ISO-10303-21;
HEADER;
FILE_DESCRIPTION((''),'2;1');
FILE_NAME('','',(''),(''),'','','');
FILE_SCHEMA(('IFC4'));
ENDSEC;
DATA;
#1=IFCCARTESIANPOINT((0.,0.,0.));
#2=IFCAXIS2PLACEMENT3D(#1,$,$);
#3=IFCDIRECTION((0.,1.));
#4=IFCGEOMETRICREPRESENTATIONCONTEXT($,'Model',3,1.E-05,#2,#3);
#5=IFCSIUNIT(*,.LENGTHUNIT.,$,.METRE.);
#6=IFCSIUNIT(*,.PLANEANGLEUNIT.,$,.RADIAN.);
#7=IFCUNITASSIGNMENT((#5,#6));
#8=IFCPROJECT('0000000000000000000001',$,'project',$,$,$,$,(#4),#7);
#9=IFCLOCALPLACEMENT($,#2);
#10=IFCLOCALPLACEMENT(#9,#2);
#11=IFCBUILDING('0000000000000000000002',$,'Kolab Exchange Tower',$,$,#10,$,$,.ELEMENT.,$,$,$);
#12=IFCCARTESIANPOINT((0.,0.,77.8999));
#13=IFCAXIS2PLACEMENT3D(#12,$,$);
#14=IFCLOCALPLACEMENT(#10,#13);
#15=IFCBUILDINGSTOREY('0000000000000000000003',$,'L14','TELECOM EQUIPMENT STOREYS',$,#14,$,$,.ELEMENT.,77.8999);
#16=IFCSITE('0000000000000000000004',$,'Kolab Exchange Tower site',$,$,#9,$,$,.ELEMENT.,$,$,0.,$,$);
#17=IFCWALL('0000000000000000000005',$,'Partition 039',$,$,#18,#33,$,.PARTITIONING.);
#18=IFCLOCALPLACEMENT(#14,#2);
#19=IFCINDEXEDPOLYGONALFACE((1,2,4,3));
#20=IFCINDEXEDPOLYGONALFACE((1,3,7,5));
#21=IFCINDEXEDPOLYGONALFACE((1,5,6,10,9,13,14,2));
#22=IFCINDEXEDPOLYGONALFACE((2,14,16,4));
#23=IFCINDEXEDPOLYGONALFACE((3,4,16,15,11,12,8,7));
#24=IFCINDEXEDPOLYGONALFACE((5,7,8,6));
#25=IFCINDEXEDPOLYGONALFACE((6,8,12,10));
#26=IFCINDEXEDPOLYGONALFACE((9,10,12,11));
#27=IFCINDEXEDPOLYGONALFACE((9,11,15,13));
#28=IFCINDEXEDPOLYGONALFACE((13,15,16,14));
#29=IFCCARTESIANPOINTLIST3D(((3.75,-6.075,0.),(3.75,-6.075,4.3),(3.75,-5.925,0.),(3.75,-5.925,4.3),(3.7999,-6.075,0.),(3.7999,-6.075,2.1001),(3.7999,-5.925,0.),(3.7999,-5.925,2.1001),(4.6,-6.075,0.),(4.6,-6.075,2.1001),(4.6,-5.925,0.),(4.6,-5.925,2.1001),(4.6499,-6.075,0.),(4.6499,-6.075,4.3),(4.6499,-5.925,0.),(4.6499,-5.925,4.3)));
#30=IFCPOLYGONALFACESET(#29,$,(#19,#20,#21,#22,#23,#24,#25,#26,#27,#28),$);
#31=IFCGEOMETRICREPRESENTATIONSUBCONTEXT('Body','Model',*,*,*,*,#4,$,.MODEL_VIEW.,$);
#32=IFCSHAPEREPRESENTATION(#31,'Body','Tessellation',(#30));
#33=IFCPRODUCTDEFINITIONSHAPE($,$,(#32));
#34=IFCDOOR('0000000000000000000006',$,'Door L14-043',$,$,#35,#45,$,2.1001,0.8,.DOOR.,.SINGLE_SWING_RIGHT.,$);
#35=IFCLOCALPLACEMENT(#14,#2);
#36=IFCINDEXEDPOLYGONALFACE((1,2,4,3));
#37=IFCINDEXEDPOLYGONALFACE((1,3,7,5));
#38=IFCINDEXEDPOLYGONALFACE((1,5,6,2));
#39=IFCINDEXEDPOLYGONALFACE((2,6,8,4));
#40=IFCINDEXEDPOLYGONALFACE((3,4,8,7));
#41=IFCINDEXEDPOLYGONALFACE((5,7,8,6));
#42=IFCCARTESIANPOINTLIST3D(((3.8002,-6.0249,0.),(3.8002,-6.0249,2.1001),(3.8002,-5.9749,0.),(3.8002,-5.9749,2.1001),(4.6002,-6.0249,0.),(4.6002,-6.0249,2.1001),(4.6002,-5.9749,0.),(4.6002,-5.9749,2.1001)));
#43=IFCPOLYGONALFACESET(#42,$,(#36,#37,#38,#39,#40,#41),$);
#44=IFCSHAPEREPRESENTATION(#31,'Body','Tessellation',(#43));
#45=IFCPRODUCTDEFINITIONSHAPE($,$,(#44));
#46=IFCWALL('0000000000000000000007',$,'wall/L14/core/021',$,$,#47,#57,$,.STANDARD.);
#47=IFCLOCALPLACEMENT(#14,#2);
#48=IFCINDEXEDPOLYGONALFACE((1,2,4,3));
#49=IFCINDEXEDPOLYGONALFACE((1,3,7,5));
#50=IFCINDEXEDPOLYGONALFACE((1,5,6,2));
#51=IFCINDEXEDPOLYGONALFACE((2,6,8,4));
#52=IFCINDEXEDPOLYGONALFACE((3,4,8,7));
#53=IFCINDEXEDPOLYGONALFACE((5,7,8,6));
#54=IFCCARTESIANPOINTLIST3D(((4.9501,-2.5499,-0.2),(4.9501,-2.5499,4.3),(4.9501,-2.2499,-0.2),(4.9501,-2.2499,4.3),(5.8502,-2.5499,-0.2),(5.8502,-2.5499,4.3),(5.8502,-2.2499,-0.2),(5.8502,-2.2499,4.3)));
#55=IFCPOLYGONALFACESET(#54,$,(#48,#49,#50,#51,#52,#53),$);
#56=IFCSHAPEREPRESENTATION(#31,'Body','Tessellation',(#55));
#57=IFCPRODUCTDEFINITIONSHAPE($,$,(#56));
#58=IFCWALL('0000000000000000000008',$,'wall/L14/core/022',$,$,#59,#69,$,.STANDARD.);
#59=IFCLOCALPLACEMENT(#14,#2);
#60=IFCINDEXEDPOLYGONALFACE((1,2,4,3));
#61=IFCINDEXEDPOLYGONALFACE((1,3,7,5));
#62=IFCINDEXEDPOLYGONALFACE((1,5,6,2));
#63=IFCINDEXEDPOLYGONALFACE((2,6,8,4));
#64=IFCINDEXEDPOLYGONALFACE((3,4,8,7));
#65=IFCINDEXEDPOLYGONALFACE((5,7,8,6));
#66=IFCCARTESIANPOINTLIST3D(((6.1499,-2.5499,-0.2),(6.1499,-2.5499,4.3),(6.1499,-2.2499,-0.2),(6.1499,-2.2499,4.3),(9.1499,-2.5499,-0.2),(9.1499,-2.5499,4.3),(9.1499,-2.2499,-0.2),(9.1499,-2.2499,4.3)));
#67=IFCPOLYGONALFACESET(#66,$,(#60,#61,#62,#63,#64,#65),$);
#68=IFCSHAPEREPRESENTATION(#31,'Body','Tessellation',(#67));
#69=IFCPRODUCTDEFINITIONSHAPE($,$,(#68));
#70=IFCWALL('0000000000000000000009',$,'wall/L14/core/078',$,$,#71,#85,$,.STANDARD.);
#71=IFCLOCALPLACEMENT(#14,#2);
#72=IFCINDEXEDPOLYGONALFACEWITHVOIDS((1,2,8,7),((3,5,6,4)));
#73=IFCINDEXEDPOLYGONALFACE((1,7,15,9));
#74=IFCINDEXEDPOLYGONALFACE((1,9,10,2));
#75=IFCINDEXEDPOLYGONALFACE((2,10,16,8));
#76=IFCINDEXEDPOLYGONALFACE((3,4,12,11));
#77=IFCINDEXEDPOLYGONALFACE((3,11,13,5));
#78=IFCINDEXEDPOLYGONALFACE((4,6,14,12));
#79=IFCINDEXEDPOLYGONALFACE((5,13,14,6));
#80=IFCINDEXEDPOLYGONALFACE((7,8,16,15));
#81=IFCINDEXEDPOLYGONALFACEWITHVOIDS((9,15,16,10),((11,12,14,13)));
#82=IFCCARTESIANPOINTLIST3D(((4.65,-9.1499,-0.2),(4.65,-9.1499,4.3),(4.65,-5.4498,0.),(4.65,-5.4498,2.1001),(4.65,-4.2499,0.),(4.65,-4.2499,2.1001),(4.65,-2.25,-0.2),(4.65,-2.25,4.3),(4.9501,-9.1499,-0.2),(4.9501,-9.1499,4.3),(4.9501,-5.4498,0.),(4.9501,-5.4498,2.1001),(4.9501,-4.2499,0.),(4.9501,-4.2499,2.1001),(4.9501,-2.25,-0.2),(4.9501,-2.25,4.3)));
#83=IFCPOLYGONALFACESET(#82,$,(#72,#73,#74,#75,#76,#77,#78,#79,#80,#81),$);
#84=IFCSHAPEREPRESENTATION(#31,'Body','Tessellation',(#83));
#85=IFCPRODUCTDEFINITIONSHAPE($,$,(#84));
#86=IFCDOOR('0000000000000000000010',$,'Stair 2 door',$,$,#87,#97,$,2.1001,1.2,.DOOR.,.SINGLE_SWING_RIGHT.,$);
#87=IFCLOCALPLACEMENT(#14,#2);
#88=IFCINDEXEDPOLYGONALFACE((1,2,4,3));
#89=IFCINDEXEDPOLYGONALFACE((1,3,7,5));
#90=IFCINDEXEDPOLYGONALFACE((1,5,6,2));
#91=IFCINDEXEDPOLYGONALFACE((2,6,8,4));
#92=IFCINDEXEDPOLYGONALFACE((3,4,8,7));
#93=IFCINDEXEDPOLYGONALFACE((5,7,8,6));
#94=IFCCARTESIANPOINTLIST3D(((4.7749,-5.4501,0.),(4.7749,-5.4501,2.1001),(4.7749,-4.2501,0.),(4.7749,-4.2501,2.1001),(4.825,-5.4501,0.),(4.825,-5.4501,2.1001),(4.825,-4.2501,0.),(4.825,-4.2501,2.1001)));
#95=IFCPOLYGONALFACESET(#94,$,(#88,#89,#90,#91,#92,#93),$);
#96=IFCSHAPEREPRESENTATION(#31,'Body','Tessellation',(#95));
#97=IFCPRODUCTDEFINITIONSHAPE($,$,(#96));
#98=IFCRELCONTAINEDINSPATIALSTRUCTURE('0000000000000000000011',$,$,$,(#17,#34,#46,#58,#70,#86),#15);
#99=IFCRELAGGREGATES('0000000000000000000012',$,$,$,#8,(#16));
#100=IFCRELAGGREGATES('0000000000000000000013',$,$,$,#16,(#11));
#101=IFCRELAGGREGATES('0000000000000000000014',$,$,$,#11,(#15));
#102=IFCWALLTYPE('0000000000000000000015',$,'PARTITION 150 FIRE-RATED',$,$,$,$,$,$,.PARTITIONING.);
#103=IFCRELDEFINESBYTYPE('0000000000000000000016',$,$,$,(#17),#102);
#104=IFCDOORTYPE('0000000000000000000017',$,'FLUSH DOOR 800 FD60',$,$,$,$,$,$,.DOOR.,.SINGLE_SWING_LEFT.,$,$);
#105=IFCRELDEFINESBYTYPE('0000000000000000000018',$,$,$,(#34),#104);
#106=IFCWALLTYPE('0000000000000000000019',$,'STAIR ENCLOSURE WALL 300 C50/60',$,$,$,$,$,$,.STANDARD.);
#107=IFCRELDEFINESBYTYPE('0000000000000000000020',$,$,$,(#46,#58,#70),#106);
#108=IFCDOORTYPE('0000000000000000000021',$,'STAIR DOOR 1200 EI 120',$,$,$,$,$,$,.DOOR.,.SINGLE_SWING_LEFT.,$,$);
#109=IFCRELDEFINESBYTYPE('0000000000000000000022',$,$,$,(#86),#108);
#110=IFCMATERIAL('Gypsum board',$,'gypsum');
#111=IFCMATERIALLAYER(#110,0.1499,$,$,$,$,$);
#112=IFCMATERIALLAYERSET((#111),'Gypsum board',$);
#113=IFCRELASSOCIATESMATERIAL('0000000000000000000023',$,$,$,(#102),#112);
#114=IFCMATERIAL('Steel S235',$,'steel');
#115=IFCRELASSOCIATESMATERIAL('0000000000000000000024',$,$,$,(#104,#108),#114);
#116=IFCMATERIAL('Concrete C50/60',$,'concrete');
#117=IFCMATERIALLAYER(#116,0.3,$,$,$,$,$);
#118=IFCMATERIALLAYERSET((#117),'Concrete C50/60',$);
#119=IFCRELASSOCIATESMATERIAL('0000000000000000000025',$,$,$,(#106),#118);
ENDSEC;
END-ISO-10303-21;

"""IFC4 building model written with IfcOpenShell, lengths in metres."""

from ifc_helpers import new_model, si_unit, direction, frame, frame_2d, origin, place, context, subcontext, project, spatial, rectangle, extrude, material, layer, layer_set, type_object, element, fill, save


model = new_model("IFC4")

# Units and contexts
model_context = context("Model", 3, precision=1e-05, world=origin(), true_north=direction((0.0, 1.0)))
body_context = subcontext(model_context, "Body", "Model", "MODEL_VIEW")
ifc_project = project(units=[si_unit("LENGTHUNIT", "METRE"), si_unit("PLANEANGLEUNIT", "RADIAN")], contexts=[model_context])

# Site, building, storey
site_placement = place(None, origin())
site = spatial("IfcSite", under=ifc_project, at=site_placement, Name="Kolab Exchange Tower site", CompositionType="ELEMENT", RefElevation=0.0)
building_placement = place(site_placement, origin())
building = spatial("IfcBuilding", under=site, at=building_placement, Name="Kolab Exchange Tower", CompositionType="ELEMENT")
storey_placement = place(building_placement, frame((0.0, 0.0, 77.8999)))
storey = spatial("IfcBuildingStorey", under=building, at=storey_placement, Name="L14", Description="TELECOM EQUIPMENT STOREYS", CompositionType="ELEMENT", Elevation=77.8999)

# Shared definitions
ifc_material_1 = material(Name="Concrete C50/60", Category="concrete")

# Shared definitions
ifc_material_2 = material(Name="Steel S235", Category="steel")

# Shared definitions
ifc_material_3 = material(Name="Gypsum board", Category="gypsum")

# Wall, opening, door
ifc_layer_1 = layer(ifc_material_3, 0.1499)
ifc_layer_set_1 = layer_set([ifc_layer_1], Name="Gypsum board")
wall_type_1 = type_object("IfcWallType", Name="PARTITION 150 FIRE-RATED", PredefinedType="PARTITIONING", material=ifc_layer_set_1)
wall_1_placement = place(storey_placement, frame((3.75, -6.0, 0.0), z_axis=(0.0, 0.0, 1.0), x_axis=(1.0, 0.0, 0.0)))
wall_1 = element("IfcWall", 1, at=wall_1_placement, inside=storey, type_object=wall_type_1, Name="Partition 039", PredefinedType="PARTITIONING", context=body_context, shape_type="SweptSolid", body=[
    extrude(rectangle(XDim=0.8999, YDim=0.1499, at=frame_2d((0.45, 0.0))), origin(), (0.0, 0.0, 1.0), 4.3),
])
opening_1_placement = place(wall_1_placement, frame((0.05, 0.0, 0.0)))
opening_1 = element("IfcOpeningElement", 2, at=opening_1_placement, cuts=wall_1, PredefinedType="OPENING", context=body_context, shape_type="SweptSolid", body=[
    extrude(rectangle(XDim=0.8, YDim=2.1001, at=frame_2d((0.3999, 1.05))), frame((0.0, 0.085, 0.0), z_axis=(0.0, -1.0, 0.0), x_axis=(1.0, 0.0, 0.0)), (0.0, 0.0, 1.0), 0.1699),
])
door_type_1 = type_object("IfcDoorType", Name="FLUSH DOOR 800 FD60", OperationType="SINGLE_SWING_LEFT", PredefinedType="DOOR", material=ifc_material_2)
door_1_placement = place(opening_1_placement, frame((0.8, 0.0, 0.0), z_axis=(0.0, 0.0, 1.0), x_axis=(-1.0, 0.0, 0.0)))
door_1 = element("IfcDoor", 3, at=door_1_placement, inside=storey, type_object=door_type_1, Name="Door L14-043", OperationType="SINGLE_SWING_RIGHT", OverallHeight=2.1001, OverallWidth=0.8, PredefinedType="DOOR", context=body_context, shape_type="SweptSolid", body=[
    extrude(rectangle(XDim=0.8, YDim=2.1001, at=frame_2d((0.3999, 1.05))), frame((0.0, 0.0249, 0.0), z_axis=(0.0, -1.0, 0.0), x_axis=(1.0, 0.0, 0.0)), (0.0, 0.0, 1.0), 0.05),
])
fill(opening_1, door_1)

# Walls
ifc_layer_2 = layer(ifc_material_1, 0.3)
ifc_layer_set_2 = layer_set([ifc_layer_2], Name="Concrete C50/60")
wall_type_2 = type_object("IfcWallType", Name="STAIR ENCLOSURE WALL 300 C50/60", PredefinedType="STANDARD", material=ifc_layer_set_2)
wall_2_placement = place(storey_placement, frame((4.95, -2.3999, -0.2), z_axis=(0.0, 0.0, 1.0), x_axis=(1.0, 0.0, 0.0)))
element("IfcWall", 4, at=wall_2_placement, inside=storey, type_object=wall_type_2, Name="wall/L14/core/021", PredefinedType="STANDARD", context=body_context, shape_type="SweptSolid", body=[
    extrude(rectangle(XDim=0.9001, YDim=0.3, at=frame_2d((0.4502, 0.0))), origin(), (0.0, 0.0, 1.0), 4.5),
])
wall_3_placement = place(storey_placement, frame((6.1499, -2.3999, -0.2), z_axis=(0.0, 0.0, 1.0), x_axis=(1.0, 0.0, 0.0)))
element("IfcWall", 5, at=wall_3_placement, inside=storey, type_object=wall_type_2, Name="wall/L14/core/022", PredefinedType="STANDARD", context=body_context, shape_type="SweptSolid", body=[
    extrude(rectangle(XDim=3.0, YDim=0.3, at=frame_2d((1.5, 0.0))), origin(), (0.0, 0.0, 1.0), 4.5),
])

# Wall, opening, door
wall_4_placement = place(storey_placement, frame((4.8, -9.1499, -0.2), z_axis=(0.0, 0.0, 1.0), x_axis=(0.0, 1.0, 0.0)))
wall_4 = element("IfcWall", 6, at=wall_4_placement, inside=storey, type_object=wall_type_2, Name="wall/L14/core/078", PredefinedType="STANDARD", context=body_context, shape_type="SweptSolid", body=[
    extrude(rectangle(XDim=6.8999, YDim=0.3, at=frame_2d((3.45, 0.0))), origin(), (0.0, 0.0, 1.0), 4.5),
])
opening_2_placement = place(wall_4_placement, frame((3.7, 0.0, 0.2)))
opening_2 = element("IfcOpeningElement", 7, at=opening_2_placement, cuts=wall_4, PredefinedType="OPENING", context=body_context, shape_type="SweptSolid", body=[
    extrude(rectangle(XDim=1.2, YDim=2.1001, at=frame_2d((0.6001, 1.05))), frame((0.0, 0.1602, 0.0), z_axis=(0.0, -1.0, 0.0), x_axis=(1.0, 0.0, 0.0)), (0.0, 0.0, 1.0), 0.3201),
])
door_type_2 = type_object("IfcDoorType", Name="STAIR DOOR 1200 EI 120", OperationType="SINGLE_SWING_LEFT", PredefinedType="DOOR", material=ifc_material_2)
door_2_placement = place(opening_2_placement, frame((1.2, 0.0, 0.0), z_axis=(0.0, 0.0, 1.0), x_axis=(-1.0, 0.0, 0.0)))
door_2 = element("IfcDoor", 8, at=door_2_placement, inside=storey, type_object=door_type_2, Name="Stair 2 door", OperationType="SINGLE_SWING_RIGHT", OverallHeight=2.1001, OverallWidth=1.2, PredefinedType="DOOR", context=body_context, shape_type="SweptSolid", body=[
    extrude(rectangle(XDim=1.2, YDim=2.1001, at=frame_2d((0.6001, 1.05))), frame((0.0, 0.0249, 0.0), z_axis=(0.0, -1.0, 0.0), x_axis=(1.0, 0.0, 0.0)), (0.0, 0.0, 1.0), 0.05),
])
fill(opening_2, door_2)

save(model, "model.ifc")
